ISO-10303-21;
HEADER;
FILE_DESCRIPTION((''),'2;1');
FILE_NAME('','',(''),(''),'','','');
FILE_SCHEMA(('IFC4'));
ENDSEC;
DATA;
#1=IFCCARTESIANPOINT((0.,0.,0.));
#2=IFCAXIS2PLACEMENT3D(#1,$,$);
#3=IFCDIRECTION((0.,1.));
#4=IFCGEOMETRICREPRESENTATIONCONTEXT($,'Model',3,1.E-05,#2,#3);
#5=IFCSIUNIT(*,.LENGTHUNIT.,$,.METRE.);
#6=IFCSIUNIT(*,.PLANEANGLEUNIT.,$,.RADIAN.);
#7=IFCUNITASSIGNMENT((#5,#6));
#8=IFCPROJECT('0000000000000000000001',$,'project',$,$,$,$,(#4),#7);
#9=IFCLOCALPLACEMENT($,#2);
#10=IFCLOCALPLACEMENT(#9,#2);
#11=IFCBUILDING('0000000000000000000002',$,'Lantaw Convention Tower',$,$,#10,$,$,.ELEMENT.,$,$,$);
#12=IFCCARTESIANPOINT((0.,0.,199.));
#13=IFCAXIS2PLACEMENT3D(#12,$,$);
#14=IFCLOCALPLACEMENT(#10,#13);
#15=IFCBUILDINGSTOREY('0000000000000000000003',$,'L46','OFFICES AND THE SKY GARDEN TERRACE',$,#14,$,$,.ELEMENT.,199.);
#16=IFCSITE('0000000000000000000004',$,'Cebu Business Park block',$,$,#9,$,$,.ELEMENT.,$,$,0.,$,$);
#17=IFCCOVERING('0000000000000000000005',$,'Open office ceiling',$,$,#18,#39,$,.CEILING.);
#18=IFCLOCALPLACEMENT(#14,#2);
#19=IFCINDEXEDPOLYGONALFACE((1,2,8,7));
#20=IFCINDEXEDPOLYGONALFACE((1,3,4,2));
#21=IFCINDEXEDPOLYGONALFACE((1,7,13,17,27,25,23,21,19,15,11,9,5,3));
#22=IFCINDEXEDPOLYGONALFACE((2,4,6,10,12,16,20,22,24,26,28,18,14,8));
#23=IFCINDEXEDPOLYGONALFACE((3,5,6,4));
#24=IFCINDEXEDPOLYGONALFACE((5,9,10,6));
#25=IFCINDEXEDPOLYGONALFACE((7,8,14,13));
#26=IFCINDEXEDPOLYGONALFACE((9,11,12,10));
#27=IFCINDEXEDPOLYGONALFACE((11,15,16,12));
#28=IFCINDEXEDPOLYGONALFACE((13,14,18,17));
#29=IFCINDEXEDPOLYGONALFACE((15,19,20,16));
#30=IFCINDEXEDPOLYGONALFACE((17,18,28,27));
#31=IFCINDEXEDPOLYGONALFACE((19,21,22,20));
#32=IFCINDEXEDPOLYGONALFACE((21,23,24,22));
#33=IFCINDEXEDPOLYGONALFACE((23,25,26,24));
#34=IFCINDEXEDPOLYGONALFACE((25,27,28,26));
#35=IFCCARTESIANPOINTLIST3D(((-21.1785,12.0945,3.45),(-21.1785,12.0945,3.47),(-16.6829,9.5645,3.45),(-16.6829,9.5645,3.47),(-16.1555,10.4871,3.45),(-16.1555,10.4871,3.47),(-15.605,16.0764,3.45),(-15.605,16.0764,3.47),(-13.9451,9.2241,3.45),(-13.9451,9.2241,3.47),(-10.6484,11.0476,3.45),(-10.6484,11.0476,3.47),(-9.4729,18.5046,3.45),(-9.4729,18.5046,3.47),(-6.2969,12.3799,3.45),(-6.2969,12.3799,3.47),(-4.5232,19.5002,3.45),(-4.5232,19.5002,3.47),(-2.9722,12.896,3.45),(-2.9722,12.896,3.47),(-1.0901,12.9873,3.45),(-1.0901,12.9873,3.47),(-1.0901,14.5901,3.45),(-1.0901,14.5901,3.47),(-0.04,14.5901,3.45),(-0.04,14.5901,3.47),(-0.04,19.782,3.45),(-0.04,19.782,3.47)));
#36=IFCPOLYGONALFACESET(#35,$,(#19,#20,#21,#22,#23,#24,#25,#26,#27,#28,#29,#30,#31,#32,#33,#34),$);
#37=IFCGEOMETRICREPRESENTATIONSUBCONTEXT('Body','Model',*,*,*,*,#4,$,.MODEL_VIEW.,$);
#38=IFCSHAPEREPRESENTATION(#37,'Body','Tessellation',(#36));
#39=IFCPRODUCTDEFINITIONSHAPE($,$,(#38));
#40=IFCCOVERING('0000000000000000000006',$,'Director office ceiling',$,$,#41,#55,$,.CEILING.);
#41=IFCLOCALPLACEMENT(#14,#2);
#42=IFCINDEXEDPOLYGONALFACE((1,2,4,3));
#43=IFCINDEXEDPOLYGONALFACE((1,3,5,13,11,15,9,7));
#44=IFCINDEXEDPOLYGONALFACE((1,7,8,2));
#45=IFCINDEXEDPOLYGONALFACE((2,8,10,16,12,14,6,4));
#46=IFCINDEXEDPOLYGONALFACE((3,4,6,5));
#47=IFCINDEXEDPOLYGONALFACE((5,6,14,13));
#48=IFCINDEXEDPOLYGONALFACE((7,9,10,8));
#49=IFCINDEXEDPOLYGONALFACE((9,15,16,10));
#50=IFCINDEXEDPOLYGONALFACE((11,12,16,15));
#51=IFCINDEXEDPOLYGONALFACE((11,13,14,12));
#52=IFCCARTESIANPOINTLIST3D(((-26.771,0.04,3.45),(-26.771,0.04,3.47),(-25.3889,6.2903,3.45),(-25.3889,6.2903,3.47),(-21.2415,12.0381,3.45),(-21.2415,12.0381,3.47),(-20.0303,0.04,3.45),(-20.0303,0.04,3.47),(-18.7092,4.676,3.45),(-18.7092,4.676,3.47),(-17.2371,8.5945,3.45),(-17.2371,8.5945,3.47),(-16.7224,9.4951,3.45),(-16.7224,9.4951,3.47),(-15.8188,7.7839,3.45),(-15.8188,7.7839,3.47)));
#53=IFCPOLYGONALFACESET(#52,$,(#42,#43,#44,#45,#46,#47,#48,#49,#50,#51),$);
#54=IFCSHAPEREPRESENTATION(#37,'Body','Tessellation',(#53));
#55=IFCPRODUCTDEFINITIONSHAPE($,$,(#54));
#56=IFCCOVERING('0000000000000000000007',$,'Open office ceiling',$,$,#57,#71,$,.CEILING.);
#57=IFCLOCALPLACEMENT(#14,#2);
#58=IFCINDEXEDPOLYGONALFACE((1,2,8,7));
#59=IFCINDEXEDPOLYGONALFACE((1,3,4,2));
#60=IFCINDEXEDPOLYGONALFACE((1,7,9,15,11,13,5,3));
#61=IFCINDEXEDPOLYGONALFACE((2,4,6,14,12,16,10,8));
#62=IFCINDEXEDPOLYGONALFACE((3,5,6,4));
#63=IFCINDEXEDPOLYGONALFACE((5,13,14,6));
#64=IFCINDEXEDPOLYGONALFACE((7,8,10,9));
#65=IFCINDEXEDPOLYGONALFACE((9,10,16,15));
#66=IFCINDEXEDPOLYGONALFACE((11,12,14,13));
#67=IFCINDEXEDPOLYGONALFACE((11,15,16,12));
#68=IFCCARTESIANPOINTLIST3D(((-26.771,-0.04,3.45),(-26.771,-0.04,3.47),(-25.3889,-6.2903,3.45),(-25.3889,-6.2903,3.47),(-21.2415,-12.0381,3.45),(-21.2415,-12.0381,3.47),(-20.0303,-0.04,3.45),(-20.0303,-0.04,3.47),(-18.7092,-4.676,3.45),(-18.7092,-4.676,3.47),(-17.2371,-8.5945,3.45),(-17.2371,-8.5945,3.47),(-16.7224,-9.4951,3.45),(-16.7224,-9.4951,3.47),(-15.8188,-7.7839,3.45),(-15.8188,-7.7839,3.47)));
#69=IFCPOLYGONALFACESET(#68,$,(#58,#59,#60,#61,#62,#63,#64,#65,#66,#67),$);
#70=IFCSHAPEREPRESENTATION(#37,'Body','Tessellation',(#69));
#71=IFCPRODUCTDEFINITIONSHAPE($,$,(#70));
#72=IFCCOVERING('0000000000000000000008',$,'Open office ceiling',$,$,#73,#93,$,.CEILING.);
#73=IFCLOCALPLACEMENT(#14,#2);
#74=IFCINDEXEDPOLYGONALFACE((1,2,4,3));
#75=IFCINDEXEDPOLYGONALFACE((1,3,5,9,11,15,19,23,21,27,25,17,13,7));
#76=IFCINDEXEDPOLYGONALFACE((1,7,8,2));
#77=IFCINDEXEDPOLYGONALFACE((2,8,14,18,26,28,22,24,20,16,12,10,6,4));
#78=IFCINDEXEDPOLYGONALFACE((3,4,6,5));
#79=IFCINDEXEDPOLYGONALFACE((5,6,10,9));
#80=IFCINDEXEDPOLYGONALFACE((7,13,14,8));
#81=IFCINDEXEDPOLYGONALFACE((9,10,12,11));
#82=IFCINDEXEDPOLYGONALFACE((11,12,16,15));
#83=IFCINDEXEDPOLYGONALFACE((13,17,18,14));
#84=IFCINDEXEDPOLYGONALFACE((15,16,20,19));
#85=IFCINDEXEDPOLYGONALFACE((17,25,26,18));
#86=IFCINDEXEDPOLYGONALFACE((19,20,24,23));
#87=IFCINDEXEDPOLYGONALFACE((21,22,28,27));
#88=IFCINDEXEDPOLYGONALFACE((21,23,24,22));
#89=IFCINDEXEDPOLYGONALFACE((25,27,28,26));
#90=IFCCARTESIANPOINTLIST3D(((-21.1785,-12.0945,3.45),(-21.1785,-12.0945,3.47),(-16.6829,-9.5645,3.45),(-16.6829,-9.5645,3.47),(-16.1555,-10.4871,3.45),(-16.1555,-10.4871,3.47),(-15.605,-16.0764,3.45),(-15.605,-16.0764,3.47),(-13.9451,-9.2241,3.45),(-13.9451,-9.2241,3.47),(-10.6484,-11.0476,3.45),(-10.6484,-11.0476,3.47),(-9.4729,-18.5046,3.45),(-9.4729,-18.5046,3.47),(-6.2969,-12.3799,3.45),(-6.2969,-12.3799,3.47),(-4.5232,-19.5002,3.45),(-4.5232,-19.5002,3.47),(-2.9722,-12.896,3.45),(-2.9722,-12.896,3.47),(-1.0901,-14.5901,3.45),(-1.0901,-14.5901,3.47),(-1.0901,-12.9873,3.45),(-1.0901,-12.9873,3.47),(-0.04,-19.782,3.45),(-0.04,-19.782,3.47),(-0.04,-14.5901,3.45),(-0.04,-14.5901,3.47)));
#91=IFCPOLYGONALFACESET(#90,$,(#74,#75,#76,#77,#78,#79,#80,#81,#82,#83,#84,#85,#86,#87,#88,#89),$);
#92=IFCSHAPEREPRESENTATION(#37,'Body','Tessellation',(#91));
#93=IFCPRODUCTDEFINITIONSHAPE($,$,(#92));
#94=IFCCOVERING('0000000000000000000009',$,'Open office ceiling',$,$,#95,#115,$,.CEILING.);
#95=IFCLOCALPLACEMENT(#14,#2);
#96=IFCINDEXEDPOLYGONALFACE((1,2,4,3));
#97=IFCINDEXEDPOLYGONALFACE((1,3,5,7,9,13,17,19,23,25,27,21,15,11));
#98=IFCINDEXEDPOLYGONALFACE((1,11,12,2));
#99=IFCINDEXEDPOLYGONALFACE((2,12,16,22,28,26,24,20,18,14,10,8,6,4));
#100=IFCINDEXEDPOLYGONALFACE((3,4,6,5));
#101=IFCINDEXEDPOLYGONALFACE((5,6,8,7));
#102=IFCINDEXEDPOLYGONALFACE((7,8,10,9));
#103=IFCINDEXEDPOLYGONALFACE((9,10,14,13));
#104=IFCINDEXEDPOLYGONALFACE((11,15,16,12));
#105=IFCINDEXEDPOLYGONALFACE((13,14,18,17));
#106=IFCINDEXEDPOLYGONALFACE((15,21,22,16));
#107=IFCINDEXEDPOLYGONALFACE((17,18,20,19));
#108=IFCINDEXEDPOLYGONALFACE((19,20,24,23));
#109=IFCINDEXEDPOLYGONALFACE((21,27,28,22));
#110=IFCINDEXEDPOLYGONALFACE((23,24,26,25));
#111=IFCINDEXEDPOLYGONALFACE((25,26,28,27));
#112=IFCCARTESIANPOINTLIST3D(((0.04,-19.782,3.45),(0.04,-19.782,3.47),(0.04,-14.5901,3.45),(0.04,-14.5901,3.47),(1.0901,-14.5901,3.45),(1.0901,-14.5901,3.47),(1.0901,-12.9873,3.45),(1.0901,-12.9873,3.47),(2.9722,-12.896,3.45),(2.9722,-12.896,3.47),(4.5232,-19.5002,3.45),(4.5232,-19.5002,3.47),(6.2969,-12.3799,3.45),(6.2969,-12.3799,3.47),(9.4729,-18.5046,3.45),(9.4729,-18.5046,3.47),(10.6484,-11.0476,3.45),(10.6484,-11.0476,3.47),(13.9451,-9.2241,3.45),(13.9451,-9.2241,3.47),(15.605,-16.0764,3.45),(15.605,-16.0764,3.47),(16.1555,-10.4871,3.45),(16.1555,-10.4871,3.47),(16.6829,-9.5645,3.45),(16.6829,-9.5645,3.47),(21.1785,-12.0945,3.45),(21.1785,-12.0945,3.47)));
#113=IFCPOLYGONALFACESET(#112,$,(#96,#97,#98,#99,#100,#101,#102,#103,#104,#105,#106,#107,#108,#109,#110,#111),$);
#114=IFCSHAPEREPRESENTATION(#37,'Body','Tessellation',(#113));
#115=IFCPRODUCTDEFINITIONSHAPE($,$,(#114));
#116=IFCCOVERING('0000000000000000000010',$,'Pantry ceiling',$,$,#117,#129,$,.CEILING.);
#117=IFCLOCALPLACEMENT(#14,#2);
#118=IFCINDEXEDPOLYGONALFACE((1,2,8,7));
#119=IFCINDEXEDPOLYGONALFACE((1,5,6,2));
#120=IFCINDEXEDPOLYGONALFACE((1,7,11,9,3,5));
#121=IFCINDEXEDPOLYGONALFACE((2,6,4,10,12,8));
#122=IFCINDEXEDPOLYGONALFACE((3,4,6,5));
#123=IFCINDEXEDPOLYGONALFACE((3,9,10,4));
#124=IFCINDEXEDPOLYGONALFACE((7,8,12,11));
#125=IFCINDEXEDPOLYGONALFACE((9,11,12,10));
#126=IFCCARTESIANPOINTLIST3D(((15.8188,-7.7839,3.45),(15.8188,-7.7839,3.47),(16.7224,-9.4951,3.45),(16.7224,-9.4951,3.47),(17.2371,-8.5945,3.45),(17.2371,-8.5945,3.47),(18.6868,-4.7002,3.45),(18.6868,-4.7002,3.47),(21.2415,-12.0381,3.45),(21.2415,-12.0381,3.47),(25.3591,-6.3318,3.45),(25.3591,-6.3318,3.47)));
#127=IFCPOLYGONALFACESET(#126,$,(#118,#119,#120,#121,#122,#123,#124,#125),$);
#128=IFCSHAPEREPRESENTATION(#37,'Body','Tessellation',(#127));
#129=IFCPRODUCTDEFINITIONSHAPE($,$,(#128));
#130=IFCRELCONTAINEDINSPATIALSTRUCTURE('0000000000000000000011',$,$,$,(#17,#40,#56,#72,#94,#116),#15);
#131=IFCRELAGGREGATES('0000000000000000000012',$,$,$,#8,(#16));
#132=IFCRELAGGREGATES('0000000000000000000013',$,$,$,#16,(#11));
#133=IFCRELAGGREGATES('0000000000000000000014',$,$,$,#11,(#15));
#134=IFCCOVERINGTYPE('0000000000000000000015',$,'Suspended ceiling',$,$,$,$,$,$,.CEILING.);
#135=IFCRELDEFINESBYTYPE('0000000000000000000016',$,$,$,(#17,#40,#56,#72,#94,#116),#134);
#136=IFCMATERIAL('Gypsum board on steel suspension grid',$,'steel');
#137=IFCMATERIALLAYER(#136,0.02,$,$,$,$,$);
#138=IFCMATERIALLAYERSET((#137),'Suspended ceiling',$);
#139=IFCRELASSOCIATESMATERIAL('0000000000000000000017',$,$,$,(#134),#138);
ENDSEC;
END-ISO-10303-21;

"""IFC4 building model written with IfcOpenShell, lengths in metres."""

from ifc_helpers import new_model, si_unit, direction, frame, origin, place, context, subcontext, project, spatial, polyline, outline, extrude, material, layer, layer_set, type_object, element, save


model = new_model("IFC4")

# Units and contexts
model_context = context("Model", 3, precision=1e-05, world=origin(), true_north=direction((0.0, 1.0)))
body_context = subcontext(model_context, "Body", "Model", "MODEL_VIEW")
ifc_project = project(units=[si_unit("LENGTHUNIT", "METRE"), si_unit("PLANEANGLEUNIT", "RADIAN")], contexts=[model_context])

# Site, building, storey
site_placement = place(None, origin())
site = spatial("IfcSite", under=ifc_project, at=site_placement, Name="Cebu Business Park block", CompositionType="ELEMENT", RefElevation=0.0)
building_placement = place(site_placement, origin())
building = spatial("IfcBuilding", under=site, at=building_placement, Name="Lantaw Convention Tower", CompositionType="ELEMENT")
storey_placement = place(building_placement, frame((0.0, 0.0, 199.0)))
storey = spatial("IfcBuildingStorey", under=building, at=storey_placement, Name="L46", Description="OFFICES AND THE SKY GARDEN TERRACE", CompositionType="ELEMENT", Elevation=199.0)

# Coverings
ifc_material_1 = material(Name="Gypsum board on steel suspension grid", Category="steel")
ifc_layer_1 = layer(ifc_material_1, 0.02)
ifc_layer_set_1 = layer_set([ifc_layer_1], Name="Suspended ceiling")
covering_type = type_object("IfcCoveringType", Name="Suspended ceiling", PredefinedType="CEILING", material=ifc_layer_set_1)
covering_1_placement = place(storey_placement, frame((0.0, 0.0, 3.45)))
element("IfcCovering", 1, at=covering_1_placement, inside=storey, type_object=covering_type, Name="Open office ceiling", PredefinedType="CEILING", context=body_context, shape_type="SweptSolid", body=[
    extrude(outline(polyline([(-2.9722, 12.896), (-1.0901, 12.9873), (-1.0901, 14.5901), (-0.04, 14.5901), (-0.04, 19.782), (-4.5232, 19.5002), (-9.4729, 18.5046), (-15.605, 16.0764), (-21.1785, 12.0945), (-16.6829, 9.5645), (-16.1555, 10.4871), (-13.9451, 9.2241), (-10.6484, 11.0476), (-6.2969, 12.3799), (-2.9722, 12.896)])), origin(), (0.0, 0.0, 1.0), 0.02),
])
covering_2_placement = place(storey_placement, frame((0.0, 0.0, 3.45)))
element("IfcCovering", 2, at=covering_2_placement, inside=storey, type_object=covering_type, Name="Director office ceiling", PredefinedType="CEILING", context=body_context, shape_type="SweptSolid", body=[
    extrude(outline(polyline([(-18.7092, 4.676), (-15.8188, 7.7839), (-17.2371, 8.5945), (-16.7224, 9.4951), (-21.2415, 12.0381), (-25.3889, 6.2903), (-26.771, 0.04), (-20.0303, 0.04), (-18.7092, 4.676)])), origin(), (0.0, 0.0, 1.0), 0.02),
])
covering_3_placement = place(storey_placement, frame((0.0, 0.0, 3.45)))
element("IfcCovering", 3, at=covering_3_placement, inside=storey, type_object=covering_type, Name="Open office ceiling", PredefinedType="CEILING", context=body_context, shape_type="SweptSolid", body=[
    extrude(outline(polyline([(-18.7092, -4.676), (-20.0303, -0.04), (-26.771, -0.04), (-25.3889, -6.2903), (-21.2415, -12.0381), (-16.7224, -9.4951), (-17.2371, -8.5945), (-15.8188, -7.7839), (-18.7092, -4.676)])), origin(), (0.0, 0.0, 1.0), 0.02),
])
covering_4_placement = place(storey_placement, frame((0.0, 0.0, 3.45)))
element("IfcCovering", 4, at=covering_4_placement, inside=storey, type_object=covering_type, Name="Open office ceiling", PredefinedType="CEILING", context=body_context, shape_type="SweptSolid", body=[
    extrude(outline(polyline([(-10.6484, -11.0476), (-13.9451, -9.2241), (-16.1555, -10.4871), (-16.6829, -9.5645), (-21.1785, -12.0945), (-15.605, -16.0764), (-9.4729, -18.5046), (-4.5232, -19.5002), (-0.04, -19.782), (-0.04, -14.5901), (-1.0901, -14.5901), (-1.0901, -12.9873), (-2.9722, -12.896), (-6.2969, -12.3799), (-10.6484, -11.0476)])), origin(), (0.0, 0.0, 1.0), 0.02),
])
covering_5_placement = place(storey_placement, frame((0.0, 0.0, 3.45)))
element("IfcCovering", 5, at=covering_5_placement, inside=storey, type_object=covering_type, Name="Open office ceiling", PredefinedType="CEILING", context=body_context, shape_type="SweptSolid", body=[
    extrude(outline(polyline([(2.9722, -12.896), (1.0901, -12.9873), (1.0901, -14.5901), (0.04, -14.5901), (0.04, -19.782), (4.5232, -19.5002), (9.4729, -18.5046), (15.605, -16.0764), (21.1785, -12.0945), (16.6829, -9.5645), (16.1555, -10.4871), (13.9451, -9.2241), (10.6484, -11.0476), (6.2969, -12.3799), (2.9722, -12.896)])), origin(), (0.0, 0.0, 1.0), 0.02),
])
covering_6_placement = place(storey_placement, frame((0.0, 0.0, 3.45)))
element("IfcCovering", 6, at=covering_6_placement, inside=storey, type_object=covering_type, Name="Pantry ceiling", PredefinedType="CEILING", context=body_context, shape_type="SweptSolid", body=[
    extrude(outline(polyline([(18.6868, -4.7002), (15.8188, -7.7839), (17.2371, -8.5945), (16.7224, -9.4951), (21.2415, -12.0381), (25.3591, -6.3318), (18.6868, -4.7002)])), origin(), (0.0, 0.0, 1.0), 0.02),
])

save(model, "model.ifc")
